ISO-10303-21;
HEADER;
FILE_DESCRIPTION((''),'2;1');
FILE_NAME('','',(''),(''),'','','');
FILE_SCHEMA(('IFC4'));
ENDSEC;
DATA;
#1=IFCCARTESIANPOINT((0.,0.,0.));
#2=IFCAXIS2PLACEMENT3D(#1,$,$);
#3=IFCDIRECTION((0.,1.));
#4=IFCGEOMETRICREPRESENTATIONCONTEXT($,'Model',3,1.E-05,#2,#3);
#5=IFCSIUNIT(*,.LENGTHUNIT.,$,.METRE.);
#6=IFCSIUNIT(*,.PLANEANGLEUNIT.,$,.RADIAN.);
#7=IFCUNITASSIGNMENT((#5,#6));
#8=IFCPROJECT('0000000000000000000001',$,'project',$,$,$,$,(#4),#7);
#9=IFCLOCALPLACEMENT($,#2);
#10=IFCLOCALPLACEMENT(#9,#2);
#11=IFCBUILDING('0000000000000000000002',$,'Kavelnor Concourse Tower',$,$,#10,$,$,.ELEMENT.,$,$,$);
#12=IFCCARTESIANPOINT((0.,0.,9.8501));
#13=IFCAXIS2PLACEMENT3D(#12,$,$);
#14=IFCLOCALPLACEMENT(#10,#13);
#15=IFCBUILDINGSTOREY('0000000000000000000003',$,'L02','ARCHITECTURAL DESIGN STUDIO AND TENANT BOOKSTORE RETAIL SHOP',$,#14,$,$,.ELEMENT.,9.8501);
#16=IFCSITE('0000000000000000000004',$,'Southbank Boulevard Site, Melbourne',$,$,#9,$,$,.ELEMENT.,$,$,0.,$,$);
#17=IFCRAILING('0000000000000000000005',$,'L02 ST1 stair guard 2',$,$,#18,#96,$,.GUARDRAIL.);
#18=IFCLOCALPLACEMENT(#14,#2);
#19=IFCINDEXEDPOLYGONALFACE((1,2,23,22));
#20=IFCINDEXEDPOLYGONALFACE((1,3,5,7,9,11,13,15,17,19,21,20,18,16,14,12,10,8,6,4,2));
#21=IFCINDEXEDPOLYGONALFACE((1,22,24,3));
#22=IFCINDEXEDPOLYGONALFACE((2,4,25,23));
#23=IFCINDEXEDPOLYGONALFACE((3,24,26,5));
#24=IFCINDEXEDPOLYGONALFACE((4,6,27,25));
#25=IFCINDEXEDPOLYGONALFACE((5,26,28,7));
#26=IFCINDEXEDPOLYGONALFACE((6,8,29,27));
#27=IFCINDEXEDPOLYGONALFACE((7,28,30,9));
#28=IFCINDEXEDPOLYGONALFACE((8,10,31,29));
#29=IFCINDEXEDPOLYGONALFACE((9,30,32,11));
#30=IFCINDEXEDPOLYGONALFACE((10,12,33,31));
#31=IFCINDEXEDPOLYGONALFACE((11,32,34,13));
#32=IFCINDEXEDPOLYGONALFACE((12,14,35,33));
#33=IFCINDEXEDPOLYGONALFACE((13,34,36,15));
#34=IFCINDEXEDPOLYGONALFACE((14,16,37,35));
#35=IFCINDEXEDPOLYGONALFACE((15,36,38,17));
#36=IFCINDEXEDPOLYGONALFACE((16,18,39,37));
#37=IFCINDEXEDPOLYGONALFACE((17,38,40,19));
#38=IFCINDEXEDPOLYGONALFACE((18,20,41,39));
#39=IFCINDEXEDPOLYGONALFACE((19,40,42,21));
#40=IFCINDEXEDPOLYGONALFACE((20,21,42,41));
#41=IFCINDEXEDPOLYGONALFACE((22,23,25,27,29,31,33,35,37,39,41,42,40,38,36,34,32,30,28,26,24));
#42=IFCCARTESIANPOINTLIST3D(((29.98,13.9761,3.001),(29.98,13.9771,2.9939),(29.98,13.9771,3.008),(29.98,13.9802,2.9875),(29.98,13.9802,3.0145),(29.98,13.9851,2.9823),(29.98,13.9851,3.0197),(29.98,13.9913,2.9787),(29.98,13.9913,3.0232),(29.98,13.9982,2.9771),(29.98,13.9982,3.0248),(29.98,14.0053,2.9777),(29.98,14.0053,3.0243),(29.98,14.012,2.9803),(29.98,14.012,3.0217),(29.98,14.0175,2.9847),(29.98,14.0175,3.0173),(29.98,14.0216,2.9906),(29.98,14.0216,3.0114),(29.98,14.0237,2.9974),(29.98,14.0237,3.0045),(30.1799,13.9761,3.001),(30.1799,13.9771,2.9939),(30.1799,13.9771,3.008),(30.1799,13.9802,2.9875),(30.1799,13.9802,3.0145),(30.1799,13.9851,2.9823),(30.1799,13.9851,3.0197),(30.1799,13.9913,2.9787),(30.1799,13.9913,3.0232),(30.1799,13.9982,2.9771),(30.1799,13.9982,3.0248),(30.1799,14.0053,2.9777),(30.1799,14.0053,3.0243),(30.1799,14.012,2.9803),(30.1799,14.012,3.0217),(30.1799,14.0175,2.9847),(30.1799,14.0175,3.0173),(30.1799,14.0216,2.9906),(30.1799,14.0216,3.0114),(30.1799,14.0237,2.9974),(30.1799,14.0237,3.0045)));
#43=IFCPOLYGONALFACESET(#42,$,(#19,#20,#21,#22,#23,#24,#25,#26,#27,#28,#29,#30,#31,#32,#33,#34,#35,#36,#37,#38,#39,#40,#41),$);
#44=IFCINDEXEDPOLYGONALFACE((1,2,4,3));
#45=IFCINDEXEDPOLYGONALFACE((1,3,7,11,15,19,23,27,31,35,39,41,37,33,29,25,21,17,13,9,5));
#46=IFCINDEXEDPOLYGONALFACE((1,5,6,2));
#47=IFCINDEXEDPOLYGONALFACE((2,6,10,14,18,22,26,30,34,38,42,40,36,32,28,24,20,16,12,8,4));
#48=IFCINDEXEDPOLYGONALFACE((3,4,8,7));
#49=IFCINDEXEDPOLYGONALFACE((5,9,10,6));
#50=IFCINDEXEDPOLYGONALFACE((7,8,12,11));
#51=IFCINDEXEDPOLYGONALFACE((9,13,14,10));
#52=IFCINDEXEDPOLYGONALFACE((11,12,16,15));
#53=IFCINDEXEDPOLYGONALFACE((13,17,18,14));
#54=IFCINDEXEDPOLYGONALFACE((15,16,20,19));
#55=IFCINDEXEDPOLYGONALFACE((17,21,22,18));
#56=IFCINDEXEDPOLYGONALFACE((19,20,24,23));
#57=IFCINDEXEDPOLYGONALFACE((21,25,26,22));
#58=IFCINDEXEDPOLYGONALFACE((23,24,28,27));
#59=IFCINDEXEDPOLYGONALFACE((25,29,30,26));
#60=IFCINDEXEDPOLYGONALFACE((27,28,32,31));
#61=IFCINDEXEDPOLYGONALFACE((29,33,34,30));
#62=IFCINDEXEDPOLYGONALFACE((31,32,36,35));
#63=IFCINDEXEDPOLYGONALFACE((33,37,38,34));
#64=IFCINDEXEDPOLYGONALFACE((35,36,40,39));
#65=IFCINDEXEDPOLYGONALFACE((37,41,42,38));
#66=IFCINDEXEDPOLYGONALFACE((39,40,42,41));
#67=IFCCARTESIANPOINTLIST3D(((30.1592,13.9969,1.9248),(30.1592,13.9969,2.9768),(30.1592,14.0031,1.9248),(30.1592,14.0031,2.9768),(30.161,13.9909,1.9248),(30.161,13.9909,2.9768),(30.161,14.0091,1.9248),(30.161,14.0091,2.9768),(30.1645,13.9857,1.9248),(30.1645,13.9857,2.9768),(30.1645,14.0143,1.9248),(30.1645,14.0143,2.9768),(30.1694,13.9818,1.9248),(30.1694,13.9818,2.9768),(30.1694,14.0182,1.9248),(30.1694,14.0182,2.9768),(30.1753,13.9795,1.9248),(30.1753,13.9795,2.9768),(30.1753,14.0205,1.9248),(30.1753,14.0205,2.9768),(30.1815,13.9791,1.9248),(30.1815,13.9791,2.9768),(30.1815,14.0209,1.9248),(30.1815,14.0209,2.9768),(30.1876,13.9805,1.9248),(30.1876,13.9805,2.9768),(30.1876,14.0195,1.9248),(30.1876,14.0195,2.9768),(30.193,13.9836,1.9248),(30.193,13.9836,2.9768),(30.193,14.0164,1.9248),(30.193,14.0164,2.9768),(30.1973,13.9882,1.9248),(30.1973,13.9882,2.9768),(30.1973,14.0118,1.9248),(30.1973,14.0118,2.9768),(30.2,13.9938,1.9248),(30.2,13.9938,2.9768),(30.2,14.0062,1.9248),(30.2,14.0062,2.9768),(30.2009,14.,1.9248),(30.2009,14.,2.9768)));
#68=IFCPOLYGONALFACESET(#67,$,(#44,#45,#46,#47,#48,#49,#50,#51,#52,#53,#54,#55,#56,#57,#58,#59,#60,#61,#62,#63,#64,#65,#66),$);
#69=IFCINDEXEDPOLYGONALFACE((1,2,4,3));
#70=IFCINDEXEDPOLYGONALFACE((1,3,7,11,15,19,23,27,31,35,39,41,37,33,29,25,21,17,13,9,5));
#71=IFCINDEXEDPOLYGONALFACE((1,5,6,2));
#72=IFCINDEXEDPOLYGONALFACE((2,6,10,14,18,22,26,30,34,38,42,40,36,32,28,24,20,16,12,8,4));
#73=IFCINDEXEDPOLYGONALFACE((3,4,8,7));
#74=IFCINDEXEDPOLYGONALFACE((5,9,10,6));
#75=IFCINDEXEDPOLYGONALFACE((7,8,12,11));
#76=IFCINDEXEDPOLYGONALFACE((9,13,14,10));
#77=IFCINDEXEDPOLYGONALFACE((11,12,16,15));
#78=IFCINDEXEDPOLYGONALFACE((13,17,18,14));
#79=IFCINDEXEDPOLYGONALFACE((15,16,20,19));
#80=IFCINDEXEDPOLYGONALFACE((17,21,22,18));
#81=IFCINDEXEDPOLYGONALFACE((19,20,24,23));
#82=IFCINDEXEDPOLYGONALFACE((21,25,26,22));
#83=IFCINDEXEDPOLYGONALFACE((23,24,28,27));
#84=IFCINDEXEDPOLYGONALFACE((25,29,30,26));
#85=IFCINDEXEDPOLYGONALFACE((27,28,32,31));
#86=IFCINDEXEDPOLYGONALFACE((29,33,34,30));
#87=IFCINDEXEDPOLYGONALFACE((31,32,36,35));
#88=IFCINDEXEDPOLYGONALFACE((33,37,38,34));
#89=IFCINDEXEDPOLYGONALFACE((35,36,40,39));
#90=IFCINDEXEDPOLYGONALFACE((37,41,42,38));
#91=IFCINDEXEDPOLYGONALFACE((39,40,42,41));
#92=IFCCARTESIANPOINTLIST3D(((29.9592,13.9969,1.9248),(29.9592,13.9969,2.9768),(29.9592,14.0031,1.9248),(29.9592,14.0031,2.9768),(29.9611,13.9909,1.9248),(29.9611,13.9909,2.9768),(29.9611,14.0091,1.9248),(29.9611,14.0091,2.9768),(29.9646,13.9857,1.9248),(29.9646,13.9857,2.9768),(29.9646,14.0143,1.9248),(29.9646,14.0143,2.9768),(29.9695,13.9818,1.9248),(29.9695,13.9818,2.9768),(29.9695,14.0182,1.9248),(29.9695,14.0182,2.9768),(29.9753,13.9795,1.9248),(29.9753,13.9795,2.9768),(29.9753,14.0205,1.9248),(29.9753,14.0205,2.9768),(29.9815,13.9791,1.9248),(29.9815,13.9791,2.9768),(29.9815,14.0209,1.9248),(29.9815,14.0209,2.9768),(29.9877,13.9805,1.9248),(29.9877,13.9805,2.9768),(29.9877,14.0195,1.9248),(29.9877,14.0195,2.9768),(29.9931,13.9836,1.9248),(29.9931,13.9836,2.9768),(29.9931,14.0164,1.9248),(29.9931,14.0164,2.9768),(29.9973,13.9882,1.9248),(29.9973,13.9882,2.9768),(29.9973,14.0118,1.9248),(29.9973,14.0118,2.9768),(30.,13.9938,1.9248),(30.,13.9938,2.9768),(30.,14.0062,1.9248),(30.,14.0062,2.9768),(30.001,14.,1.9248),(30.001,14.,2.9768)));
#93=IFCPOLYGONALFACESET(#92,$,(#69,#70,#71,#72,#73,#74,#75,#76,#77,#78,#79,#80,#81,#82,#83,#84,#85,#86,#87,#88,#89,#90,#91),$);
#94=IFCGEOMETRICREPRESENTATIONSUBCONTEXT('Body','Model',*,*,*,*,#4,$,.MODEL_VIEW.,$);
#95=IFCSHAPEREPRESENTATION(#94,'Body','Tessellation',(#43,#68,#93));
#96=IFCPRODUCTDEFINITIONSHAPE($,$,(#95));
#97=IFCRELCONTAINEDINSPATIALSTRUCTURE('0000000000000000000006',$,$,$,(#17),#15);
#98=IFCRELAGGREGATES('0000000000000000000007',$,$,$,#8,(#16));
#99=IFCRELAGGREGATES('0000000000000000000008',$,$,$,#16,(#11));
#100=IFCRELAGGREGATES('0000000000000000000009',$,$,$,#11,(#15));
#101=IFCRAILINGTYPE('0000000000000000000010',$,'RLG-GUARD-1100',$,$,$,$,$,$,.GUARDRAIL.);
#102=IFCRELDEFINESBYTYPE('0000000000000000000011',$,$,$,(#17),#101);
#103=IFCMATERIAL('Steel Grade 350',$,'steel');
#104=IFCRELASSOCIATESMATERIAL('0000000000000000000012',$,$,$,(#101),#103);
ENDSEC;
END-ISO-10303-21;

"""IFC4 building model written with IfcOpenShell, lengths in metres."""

from ifc_helpers import new_model, si_unit, direction, frame, origin, origin_2d, place, context, subcontext, project, spatial, circle, extrude, material, type_object, element, save


model = new_model("IFC4")

# Units and contexts
model_context = context("Model", 3, precision=1e-05, world=origin(), true_north=direction((0.0, 1.0)))
body_context = subcontext(model_context, "Body", "Model", "MODEL_VIEW")
ifc_project = project(units=[si_unit("LENGTHUNIT", "METRE"), si_unit("PLANEANGLEUNIT", "RADIAN")], contexts=[model_context])

# Site, building, storey
site_placement = place(None, origin())
site = spatial("IfcSite", under=ifc_project, at=site_placement, Name="Southbank Boulevard Site, Melbourne", CompositionType="ELEMENT", RefElevation=0.0)
building_placement = place(site_placement, origin())
building = spatial("IfcBuilding", under=site, at=building_placement, Name="Kavelnor Concourse Tower", CompositionType="ELEMENT")
storey_placement = place(building_placement, frame((0.0, 0.0, 9.8501)))
storey = spatial("IfcBuildingStorey", under=building, at=storey_placement, Name="L02", Description="ARCHITECTURAL DESIGN STUDIO AND TENANT BOOKSTORE RETAIL SHOP", CompositionType="ELEMENT", Elevation=9.8501)

# Shared definitions
ifc_material_1 = material(Name="Steel Grade 350", Category="steel")

# Railing
railing_type_1 = type_object("IfcRailingType", Name="RLG-GUARD-1100", PredefinedType="GUARDRAIL", material=ifc_material_1)
railing_1_placement = place(storey_placement, frame((30.1799, 14.0, 1.9248)))
element("IfcRailing", 1, at=railing_1_placement, inside=storey, type_object=railing_type_1, Name="L02 ST1 stair guard 2", PredefinedType="GUARDRAIL", context=body_context, shape_type="SweptSolid", body=[
    extrude(circle(Radius=0.0239, at=origin_2d()), frame((0.0, 0.0, 1.0762), z_axis=(-1.0, 0.0, 0.0), x_axis=(0.0, -1.0, 0.0)), (0.0, 0.0, 1.0), 0.2),
    extrude(circle(Radius=0.021, at=origin_2d()), origin(), (0.0, 0.0, 1.0), 1.052),
    extrude(circle(Radius=0.021, at=origin_2d()), frame((-0.2, 0.0, 0.0)), (0.0, 0.0, 1.0), 1.052),
])

save(model, "model.ifc")
